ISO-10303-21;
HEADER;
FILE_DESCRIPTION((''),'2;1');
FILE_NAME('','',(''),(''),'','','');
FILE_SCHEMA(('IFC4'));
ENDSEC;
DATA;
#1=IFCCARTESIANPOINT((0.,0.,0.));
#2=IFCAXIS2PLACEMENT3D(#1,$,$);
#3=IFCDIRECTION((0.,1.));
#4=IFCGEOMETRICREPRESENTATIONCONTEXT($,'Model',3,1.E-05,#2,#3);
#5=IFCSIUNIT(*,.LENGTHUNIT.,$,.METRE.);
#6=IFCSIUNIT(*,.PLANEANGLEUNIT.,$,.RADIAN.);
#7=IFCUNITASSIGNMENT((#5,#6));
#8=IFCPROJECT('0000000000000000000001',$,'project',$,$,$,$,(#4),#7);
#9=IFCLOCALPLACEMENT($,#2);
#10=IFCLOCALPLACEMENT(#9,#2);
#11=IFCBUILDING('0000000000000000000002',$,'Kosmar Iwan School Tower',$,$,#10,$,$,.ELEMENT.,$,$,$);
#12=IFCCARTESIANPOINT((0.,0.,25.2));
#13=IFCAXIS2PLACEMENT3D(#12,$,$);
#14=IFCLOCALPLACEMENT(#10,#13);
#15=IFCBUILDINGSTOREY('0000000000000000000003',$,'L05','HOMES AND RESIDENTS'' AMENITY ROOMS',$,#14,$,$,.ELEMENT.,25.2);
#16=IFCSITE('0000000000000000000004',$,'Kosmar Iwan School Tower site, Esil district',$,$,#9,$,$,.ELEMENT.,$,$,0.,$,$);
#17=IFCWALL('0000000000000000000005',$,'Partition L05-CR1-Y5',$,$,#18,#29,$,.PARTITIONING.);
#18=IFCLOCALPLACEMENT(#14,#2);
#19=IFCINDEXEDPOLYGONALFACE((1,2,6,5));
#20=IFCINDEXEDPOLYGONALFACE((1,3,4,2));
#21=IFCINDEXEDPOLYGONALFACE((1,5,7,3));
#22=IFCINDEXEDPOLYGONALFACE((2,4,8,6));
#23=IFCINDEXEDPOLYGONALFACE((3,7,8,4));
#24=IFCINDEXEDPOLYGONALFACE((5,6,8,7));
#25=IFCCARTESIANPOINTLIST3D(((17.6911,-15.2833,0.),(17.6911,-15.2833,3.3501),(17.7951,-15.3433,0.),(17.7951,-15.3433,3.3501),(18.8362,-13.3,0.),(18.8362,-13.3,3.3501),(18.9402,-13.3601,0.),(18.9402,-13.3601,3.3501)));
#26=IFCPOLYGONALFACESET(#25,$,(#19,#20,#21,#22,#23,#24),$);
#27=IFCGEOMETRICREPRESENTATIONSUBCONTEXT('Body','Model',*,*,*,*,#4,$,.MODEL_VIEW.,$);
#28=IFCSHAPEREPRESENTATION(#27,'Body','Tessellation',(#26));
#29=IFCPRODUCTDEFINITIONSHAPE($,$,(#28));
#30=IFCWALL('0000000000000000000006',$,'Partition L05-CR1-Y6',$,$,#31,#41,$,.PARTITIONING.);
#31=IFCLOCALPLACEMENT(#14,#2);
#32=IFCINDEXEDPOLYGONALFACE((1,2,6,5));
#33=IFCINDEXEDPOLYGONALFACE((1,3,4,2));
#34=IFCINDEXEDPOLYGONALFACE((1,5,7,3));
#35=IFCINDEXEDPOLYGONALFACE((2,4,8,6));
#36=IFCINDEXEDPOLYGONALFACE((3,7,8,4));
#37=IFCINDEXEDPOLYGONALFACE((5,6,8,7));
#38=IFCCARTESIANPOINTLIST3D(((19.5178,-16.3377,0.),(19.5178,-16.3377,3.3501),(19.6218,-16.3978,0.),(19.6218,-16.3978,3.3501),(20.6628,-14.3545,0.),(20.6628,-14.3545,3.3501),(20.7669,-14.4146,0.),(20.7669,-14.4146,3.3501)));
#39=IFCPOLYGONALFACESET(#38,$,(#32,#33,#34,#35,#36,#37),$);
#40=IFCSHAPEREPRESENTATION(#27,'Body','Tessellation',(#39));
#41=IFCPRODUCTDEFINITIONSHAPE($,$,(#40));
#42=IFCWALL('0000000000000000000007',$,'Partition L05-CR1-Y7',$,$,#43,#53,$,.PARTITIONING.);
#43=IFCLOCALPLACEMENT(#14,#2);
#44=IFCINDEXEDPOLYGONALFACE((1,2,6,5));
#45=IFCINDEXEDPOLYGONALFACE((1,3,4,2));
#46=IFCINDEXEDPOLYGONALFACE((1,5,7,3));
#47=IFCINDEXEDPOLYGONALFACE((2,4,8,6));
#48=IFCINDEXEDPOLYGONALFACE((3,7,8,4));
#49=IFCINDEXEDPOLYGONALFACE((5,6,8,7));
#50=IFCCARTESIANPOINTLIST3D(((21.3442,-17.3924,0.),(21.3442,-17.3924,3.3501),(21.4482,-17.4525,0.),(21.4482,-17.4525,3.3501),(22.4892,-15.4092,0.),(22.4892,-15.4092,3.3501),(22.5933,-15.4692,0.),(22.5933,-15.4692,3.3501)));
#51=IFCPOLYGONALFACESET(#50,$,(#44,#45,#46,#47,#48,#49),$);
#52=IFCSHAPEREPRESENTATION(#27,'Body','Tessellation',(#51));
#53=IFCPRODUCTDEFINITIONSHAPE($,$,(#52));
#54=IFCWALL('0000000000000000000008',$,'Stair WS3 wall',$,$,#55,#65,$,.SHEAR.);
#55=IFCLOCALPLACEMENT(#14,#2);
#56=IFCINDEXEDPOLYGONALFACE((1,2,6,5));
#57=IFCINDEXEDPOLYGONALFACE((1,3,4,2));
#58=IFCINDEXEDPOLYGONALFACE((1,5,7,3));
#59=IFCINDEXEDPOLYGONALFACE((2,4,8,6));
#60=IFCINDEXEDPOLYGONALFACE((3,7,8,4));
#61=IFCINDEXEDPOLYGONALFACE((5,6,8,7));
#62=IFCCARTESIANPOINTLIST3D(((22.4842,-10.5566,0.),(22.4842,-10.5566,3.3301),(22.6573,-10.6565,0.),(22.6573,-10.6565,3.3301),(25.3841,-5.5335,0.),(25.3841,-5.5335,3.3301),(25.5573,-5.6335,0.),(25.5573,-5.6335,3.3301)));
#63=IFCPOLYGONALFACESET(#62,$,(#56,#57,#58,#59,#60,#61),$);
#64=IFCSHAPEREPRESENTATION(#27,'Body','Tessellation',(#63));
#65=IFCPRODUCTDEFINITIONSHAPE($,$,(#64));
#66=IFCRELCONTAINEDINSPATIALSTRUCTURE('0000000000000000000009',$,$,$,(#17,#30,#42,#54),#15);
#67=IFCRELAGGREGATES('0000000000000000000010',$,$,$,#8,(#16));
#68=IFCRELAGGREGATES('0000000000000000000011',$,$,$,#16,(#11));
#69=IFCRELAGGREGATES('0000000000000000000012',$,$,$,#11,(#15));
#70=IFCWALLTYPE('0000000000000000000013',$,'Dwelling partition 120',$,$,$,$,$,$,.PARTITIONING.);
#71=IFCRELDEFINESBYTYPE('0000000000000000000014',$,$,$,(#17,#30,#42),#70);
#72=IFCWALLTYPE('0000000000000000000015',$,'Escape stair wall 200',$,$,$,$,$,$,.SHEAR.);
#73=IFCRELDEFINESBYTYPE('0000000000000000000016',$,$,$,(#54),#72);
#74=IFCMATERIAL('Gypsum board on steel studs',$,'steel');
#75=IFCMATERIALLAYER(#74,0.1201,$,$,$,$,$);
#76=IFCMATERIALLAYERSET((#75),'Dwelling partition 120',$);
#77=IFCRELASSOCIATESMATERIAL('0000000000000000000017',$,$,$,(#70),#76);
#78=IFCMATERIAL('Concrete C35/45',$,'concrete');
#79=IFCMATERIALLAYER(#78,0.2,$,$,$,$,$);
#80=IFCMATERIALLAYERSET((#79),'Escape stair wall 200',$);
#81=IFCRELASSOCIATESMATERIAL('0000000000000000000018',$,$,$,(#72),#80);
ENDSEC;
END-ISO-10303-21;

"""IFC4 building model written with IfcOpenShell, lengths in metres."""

from ifc_helpers import new_model, si_unit, direction, frame, frame_2d, origin, place, context, subcontext, project, spatial, rectangle, extrude, material, layer, layer_set, type_object, element, save


model = new_model("IFC4")

# Units and contexts
model_context = context("Model", 3, precision=1e-05, world=origin(), true_north=direction((0.0, 1.0)))
body_context = subcontext(model_context, "Body", "Model", "MODEL_VIEW")
ifc_project = project(units=[si_unit("LENGTHUNIT", "METRE"), si_unit("PLANEANGLEUNIT", "RADIAN")], contexts=[model_context])

# Site, building, storey
site_placement = place(None, origin())
site = spatial("IfcSite", under=ifc_project, at=site_placement, Name="Kosmar Iwan School Tower site, Esil district", CompositionType="ELEMENT", RefElevation=0.0)
building_placement = place(site_placement, origin())
building = spatial("IfcBuilding", under=site, at=building_placement, Name="Kosmar Iwan School Tower", CompositionType="ELEMENT")
storey_placement = place(building_placement, frame((0.0, 0.0, 25.2)))
storey = spatial("IfcBuildingStorey", under=building, at=storey_placement, Name="L05", Description="HOMES AND RESIDENTS' AMENITY ROOMS", CompositionType="ELEMENT", Elevation=25.2)

# Walls
ifc_material_1 = material(Name="Gypsum board on steel studs", Category="steel")
ifc_layer_1 = layer(ifc_material_1, 0.1201)
ifc_layer_set_1 = layer_set([ifc_layer_1], Name="Dwelling partition 120")
wall_type_1 = type_object("IfcWallType", Name="Dwelling partition 120", PredefinedType="PARTITIONING", material=ifc_layer_set_1)
for number, where, z_axis, x_axis, name in (
    (1, (18.8882, -13.3301, 0.0), (0.0, 0.0, 1.0), (-0.500015, -0.866017, 0.0), "Partition L05-CR1-Y5"),
    (2, (20.7148, -14.3845, 0.0), (0.0, 0.0, 1.0), (-0.500015, -0.866017, 0.0), "Partition L05-CR1-Y6"),
    (3, (22.5413, -15.4392, 0.0), (0.0, 0.0, 1.0), (-0.500015, -0.866017, 0.0), "Partition L05-CR1-Y7"),
):
    element("IfcWall", number, at=place(storey_placement, frame(where, z_axis=z_axis, x_axis=x_axis)), inside=storey, type_object=wall_type_1, Name=name, PredefinedType="PARTITIONING", context=body_context, shape_type="SweptSolid", body=[
        extrude(rectangle(XDim=2.29, YDim=0.1201, at=frame_2d((1.145, 0.0))), origin(), (0.0, 0.0, 1.0), 3.3501),
    ])
ifc_material_2 = material(Name="Concrete C35/45", Category="concrete")
ifc_layer_2 = layer(ifc_material_2, 0.2)
ifc_layer_set_2 = layer_set([ifc_layer_2], Name="Escape stair wall 200")
wall_type_2 = type_object("IfcWallType", Name="Escape stair wall 200", PredefinedType="SHEAR", material=ifc_layer_set_2)
wall_1_placement = place(storey_placement, frame((22.5708, -10.6064, 0.0), z_axis=(0.0, 0.0, 1.0), x_axis=(0.499987, 0.866033, 0.0)))
element("IfcWall", 4, at=wall_1_placement, inside=storey, type_object=wall_type_2, Name="Stair WS3 wall", PredefinedType="SHEAR", context=body_context, shape_type="SweptSolid", body=[
    extrude(rectangle(XDim=5.8, YDim=0.2, at=frame_2d((2.8999, 0.0))), origin(), (0.0, 0.0, 1.0), 3.3301),
])

save(model, "model.ifc")
